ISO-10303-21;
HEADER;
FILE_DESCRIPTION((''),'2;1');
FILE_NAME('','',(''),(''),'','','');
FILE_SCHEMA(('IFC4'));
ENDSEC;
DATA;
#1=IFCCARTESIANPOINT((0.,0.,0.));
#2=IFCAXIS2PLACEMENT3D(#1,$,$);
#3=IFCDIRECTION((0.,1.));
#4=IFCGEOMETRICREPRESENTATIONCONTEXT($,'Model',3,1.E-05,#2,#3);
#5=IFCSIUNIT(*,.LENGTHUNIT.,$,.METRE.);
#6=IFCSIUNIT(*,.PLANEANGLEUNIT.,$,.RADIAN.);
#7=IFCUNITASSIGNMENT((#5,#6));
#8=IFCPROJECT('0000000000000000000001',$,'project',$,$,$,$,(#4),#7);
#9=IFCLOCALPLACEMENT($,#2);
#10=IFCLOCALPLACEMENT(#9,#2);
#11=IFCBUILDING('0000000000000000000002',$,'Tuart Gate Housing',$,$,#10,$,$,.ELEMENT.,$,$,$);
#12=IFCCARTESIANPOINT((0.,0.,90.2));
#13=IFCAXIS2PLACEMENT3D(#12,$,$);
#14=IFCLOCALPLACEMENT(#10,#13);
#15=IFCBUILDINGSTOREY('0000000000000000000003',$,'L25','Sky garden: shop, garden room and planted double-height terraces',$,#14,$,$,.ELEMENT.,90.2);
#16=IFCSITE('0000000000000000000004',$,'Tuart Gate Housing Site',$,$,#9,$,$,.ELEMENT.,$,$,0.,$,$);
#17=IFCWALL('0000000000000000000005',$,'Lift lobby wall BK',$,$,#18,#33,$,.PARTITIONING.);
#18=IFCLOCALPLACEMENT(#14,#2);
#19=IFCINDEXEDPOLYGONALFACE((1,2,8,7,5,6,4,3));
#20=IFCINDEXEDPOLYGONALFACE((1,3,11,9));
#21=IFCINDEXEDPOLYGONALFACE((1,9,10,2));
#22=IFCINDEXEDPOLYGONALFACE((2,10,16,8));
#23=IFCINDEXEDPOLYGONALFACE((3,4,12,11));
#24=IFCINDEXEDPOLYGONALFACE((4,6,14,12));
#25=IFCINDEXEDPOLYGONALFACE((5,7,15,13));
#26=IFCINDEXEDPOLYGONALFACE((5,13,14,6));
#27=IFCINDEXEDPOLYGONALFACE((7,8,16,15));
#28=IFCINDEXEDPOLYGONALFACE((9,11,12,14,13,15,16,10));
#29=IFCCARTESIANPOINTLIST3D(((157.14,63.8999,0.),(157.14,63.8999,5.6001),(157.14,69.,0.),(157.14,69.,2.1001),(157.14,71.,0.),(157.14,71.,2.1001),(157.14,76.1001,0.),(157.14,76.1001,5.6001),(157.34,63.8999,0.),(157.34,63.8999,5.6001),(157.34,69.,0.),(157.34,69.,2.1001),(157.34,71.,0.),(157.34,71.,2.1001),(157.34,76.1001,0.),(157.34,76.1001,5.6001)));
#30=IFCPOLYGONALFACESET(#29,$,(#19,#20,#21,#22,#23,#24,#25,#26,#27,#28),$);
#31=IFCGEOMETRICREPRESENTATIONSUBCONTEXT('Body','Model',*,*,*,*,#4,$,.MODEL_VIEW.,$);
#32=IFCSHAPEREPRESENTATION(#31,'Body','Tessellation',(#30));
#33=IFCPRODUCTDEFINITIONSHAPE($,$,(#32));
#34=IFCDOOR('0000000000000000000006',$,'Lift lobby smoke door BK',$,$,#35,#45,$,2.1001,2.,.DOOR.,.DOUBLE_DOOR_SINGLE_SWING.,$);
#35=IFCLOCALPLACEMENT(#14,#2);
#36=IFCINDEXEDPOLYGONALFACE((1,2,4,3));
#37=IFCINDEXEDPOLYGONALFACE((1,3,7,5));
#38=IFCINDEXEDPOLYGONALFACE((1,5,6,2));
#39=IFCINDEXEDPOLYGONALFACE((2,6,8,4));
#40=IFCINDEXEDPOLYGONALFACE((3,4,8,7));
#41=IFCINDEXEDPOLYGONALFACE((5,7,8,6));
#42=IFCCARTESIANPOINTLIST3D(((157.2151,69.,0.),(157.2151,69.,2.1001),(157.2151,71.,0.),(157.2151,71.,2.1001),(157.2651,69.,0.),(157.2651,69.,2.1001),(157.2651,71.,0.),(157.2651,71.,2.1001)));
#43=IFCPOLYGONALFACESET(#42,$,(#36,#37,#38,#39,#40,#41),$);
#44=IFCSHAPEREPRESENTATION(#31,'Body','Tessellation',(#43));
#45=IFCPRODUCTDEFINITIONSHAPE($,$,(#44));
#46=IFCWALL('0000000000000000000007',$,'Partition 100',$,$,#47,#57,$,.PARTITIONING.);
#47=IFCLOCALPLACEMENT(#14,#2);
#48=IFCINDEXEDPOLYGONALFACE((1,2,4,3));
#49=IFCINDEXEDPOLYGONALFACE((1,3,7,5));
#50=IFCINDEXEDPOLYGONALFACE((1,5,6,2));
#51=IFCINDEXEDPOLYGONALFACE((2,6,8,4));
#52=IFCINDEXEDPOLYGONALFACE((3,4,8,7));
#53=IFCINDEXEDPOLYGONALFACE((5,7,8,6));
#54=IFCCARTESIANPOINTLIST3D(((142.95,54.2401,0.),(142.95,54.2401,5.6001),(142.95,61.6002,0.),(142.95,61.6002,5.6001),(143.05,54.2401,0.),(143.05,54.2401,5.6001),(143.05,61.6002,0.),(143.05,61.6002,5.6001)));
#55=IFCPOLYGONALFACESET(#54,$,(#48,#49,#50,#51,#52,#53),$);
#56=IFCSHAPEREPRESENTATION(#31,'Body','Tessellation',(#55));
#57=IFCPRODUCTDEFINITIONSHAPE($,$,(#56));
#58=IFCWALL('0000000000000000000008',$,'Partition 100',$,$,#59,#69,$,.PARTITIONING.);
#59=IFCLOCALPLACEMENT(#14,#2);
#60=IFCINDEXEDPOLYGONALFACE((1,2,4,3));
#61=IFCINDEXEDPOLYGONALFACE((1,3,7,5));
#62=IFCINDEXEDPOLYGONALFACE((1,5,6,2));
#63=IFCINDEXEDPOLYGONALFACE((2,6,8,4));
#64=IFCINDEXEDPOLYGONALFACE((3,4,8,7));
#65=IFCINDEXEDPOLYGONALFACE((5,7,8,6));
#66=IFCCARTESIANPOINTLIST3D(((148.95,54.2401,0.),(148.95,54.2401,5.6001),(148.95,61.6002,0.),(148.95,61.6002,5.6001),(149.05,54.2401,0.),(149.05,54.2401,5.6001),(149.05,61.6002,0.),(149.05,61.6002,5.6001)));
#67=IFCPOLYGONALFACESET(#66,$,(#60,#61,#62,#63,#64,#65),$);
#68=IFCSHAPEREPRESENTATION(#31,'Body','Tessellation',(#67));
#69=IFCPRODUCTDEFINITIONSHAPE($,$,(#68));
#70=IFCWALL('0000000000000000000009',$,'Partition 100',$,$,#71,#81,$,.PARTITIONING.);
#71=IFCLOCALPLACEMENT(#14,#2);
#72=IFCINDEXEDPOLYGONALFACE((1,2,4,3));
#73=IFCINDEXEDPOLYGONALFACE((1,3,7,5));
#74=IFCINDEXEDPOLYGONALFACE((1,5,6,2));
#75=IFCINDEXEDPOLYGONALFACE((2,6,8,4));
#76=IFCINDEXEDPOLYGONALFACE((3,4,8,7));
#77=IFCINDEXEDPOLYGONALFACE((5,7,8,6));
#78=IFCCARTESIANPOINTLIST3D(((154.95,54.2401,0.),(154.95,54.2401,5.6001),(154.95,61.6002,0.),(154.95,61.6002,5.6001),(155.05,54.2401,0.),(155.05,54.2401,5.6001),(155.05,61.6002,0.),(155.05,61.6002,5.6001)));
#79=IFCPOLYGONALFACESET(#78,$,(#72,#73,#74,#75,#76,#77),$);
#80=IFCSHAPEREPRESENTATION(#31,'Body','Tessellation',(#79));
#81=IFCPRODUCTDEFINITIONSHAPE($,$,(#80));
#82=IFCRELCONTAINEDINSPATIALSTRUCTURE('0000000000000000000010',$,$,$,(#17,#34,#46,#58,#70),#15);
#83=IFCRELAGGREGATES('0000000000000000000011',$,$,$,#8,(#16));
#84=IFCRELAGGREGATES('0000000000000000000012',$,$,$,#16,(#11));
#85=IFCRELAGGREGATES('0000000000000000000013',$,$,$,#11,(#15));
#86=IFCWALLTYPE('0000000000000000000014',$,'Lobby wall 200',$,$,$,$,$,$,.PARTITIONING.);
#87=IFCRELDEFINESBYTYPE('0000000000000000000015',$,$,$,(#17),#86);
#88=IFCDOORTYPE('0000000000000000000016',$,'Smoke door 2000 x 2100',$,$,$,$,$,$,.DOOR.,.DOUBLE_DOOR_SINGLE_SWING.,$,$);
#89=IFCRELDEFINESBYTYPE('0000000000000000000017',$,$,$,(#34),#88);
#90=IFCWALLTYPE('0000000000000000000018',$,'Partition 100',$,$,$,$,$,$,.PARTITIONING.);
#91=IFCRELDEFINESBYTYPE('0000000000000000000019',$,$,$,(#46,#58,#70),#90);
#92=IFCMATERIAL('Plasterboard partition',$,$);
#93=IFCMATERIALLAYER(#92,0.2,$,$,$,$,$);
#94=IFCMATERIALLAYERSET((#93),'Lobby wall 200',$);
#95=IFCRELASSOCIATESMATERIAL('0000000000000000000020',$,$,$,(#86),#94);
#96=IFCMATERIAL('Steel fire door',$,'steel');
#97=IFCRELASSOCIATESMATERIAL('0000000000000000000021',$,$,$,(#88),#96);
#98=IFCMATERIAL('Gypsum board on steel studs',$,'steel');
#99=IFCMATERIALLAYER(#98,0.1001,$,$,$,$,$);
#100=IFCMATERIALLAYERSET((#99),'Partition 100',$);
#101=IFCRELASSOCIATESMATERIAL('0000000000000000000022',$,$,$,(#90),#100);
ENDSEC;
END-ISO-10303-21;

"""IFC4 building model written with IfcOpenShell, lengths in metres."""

from ifc_helpers import new_model, si_unit, direction, frame, frame_2d, origin, place, context, subcontext, project, spatial, rectangle, extrude, material, layer, layer_set, type_object, element, fill, save


model = new_model("IFC4")

# Units and contexts
model_context = context("Model", 3, precision=1e-05, world=origin(), true_north=direction((0.0, 1.0)))
body_context = subcontext(model_context, "Body", "Model", "MODEL_VIEW")
ifc_project = project(units=[si_unit("LENGTHUNIT", "METRE"), si_unit("PLANEANGLEUNIT", "RADIAN")], contexts=[model_context])

# Site, building, storey
site_placement = place(None, origin())
site = spatial("IfcSite", under=ifc_project, at=site_placement, Name="Tuart Gate Housing Site", CompositionType="ELEMENT", RefElevation=0.0)
building_placement = place(site_placement, origin())
building = spatial("IfcBuilding", under=site, at=building_placement, Name="Tuart Gate Housing", CompositionType="ELEMENT")
storey_placement = place(building_placement, frame((0.0, 0.0, 90.2)))
storey = spatial("IfcBuildingStorey", under=building, at=storey_placement, Name="L25", Description="Sky garden: shop, garden room and planted double-height terraces", CompositionType="ELEMENT", Elevation=90.2)

# Wall, opening, door
ifc_material_1 = material(Name="Plasterboard partition")
ifc_layer_1 = layer(ifc_material_1, 0.2)
ifc_layer_set_1 = layer_set([ifc_layer_1], Name="Lobby wall 200")
wall_type_1 = type_object("IfcWallType", Name="Lobby wall 200", PredefinedType="PARTITIONING", material=ifc_layer_set_1)
wall_1_placement = place(storey_placement, frame((157.24, 63.8999, 0.0), z_axis=(0.0, 0.0, 1.0), x_axis=(0.0, 1.0, 0.0)))
wall_1 = element("IfcWall", 1, at=wall_1_placement, inside=storey, type_object=wall_type_1, Name="Lift lobby wall BK", PredefinedType="PARTITIONING", context=body_context, shape_type="SweptSolid", body=[
    extrude(rectangle(XDim=12.2002, YDim=0.2, at=frame_2d((6.1001, 0.0))), origin(), (0.0, 0.0, 1.0), 5.6001),
])
opening_1_placement = place(wall_1_placement, frame((5.1001, 0.0, 0.0)))
opening_1 = element("IfcOpeningElement", 2, at=opening_1_placement, cuts=wall_1, PredefinedType="OPENING", context=body_context, shape_type="SweptSolid", body=[
    extrude(rectangle(XDim=2.0, YDim=2.1001, at=frame_2d((1.0, 1.05))), frame((0.0, 0.1099, 0.0), z_axis=(0.0, -1.0, 0.0), x_axis=(1.0, 0.0, 0.0)), (0.0, 0.0, 1.0), 0.22),
])
ifc_material_2 = material(Name="Steel fire door", Category="steel")
door_type_1 = type_object("IfcDoorType", Name="Smoke door 2000 x 2100", OperationType="DOUBLE_DOOR_SINGLE_SWING", PredefinedType="DOOR", material=ifc_material_2)
door_1_placement = place(opening_1_placement, origin())
door_1 = element("IfcDoor", 3, at=door_1_placement, inside=storey, type_object=door_type_1, Name="Lift lobby smoke door BK", OperationType="DOUBLE_DOOR_SINGLE_SWING", OverallHeight=2.1001, OverallWidth=2.0, PredefinedType="DOOR", context=body_context, shape_type="SweptSolid", body=[
    extrude(rectangle(XDim=2.0, YDim=2.1001, at=frame_2d((1.0, 1.05))), frame((0.0, 0.0249, 0.0), z_axis=(0.0, -1.0, 0.0), x_axis=(1.0, 0.0, 0.0)), (0.0, 0.0, 1.0), 0.05),
])
fill(opening_1, door_1)

# Walls
ifc_material_3 = material(Name="Gypsum board on steel studs", Category="steel")
ifc_layer_2 = layer(ifc_material_3, 0.1001)
ifc_layer_set_2 = layer_set([ifc_layer_2], Name="Partition 100")
wall_type_2 = type_object("IfcWallType", Name="Partition 100", PredefinedType="PARTITIONING", material=ifc_layer_set_2)
for number, where, z_axis, x_axis, name in (
    (4, (143.0, 54.24, 0.0), (0.0, 0.0, 1.0), (0.0, 1.0, 0.0), "Partition 100"),
    (5, (149.0, 54.24, 0.0), (0.0, 0.0, 1.0), (0.0, 1.0, 0.0), "Partition 100"),
    (6, (155.0, 54.24, 0.0), (0.0, 0.0, 1.0), (0.0, 1.0, 0.0), "Partition 100"),
):
    element("IfcWall", number, at=place(storey_placement, frame(where, z_axis=z_axis, x_axis=x_axis)), inside=storey, type_object=wall_type_2, Name=name, PredefinedType="PARTITIONING", context=body_context, shape_type="SweptSolid", body=[
        extrude(rectangle(XDim=7.3601, YDim=0.1001, at=frame_2d((3.6802, 0.0))), origin(), (0.0, 0.0, 1.0), 5.6001),
    ])

save(model, "model.ifc")
